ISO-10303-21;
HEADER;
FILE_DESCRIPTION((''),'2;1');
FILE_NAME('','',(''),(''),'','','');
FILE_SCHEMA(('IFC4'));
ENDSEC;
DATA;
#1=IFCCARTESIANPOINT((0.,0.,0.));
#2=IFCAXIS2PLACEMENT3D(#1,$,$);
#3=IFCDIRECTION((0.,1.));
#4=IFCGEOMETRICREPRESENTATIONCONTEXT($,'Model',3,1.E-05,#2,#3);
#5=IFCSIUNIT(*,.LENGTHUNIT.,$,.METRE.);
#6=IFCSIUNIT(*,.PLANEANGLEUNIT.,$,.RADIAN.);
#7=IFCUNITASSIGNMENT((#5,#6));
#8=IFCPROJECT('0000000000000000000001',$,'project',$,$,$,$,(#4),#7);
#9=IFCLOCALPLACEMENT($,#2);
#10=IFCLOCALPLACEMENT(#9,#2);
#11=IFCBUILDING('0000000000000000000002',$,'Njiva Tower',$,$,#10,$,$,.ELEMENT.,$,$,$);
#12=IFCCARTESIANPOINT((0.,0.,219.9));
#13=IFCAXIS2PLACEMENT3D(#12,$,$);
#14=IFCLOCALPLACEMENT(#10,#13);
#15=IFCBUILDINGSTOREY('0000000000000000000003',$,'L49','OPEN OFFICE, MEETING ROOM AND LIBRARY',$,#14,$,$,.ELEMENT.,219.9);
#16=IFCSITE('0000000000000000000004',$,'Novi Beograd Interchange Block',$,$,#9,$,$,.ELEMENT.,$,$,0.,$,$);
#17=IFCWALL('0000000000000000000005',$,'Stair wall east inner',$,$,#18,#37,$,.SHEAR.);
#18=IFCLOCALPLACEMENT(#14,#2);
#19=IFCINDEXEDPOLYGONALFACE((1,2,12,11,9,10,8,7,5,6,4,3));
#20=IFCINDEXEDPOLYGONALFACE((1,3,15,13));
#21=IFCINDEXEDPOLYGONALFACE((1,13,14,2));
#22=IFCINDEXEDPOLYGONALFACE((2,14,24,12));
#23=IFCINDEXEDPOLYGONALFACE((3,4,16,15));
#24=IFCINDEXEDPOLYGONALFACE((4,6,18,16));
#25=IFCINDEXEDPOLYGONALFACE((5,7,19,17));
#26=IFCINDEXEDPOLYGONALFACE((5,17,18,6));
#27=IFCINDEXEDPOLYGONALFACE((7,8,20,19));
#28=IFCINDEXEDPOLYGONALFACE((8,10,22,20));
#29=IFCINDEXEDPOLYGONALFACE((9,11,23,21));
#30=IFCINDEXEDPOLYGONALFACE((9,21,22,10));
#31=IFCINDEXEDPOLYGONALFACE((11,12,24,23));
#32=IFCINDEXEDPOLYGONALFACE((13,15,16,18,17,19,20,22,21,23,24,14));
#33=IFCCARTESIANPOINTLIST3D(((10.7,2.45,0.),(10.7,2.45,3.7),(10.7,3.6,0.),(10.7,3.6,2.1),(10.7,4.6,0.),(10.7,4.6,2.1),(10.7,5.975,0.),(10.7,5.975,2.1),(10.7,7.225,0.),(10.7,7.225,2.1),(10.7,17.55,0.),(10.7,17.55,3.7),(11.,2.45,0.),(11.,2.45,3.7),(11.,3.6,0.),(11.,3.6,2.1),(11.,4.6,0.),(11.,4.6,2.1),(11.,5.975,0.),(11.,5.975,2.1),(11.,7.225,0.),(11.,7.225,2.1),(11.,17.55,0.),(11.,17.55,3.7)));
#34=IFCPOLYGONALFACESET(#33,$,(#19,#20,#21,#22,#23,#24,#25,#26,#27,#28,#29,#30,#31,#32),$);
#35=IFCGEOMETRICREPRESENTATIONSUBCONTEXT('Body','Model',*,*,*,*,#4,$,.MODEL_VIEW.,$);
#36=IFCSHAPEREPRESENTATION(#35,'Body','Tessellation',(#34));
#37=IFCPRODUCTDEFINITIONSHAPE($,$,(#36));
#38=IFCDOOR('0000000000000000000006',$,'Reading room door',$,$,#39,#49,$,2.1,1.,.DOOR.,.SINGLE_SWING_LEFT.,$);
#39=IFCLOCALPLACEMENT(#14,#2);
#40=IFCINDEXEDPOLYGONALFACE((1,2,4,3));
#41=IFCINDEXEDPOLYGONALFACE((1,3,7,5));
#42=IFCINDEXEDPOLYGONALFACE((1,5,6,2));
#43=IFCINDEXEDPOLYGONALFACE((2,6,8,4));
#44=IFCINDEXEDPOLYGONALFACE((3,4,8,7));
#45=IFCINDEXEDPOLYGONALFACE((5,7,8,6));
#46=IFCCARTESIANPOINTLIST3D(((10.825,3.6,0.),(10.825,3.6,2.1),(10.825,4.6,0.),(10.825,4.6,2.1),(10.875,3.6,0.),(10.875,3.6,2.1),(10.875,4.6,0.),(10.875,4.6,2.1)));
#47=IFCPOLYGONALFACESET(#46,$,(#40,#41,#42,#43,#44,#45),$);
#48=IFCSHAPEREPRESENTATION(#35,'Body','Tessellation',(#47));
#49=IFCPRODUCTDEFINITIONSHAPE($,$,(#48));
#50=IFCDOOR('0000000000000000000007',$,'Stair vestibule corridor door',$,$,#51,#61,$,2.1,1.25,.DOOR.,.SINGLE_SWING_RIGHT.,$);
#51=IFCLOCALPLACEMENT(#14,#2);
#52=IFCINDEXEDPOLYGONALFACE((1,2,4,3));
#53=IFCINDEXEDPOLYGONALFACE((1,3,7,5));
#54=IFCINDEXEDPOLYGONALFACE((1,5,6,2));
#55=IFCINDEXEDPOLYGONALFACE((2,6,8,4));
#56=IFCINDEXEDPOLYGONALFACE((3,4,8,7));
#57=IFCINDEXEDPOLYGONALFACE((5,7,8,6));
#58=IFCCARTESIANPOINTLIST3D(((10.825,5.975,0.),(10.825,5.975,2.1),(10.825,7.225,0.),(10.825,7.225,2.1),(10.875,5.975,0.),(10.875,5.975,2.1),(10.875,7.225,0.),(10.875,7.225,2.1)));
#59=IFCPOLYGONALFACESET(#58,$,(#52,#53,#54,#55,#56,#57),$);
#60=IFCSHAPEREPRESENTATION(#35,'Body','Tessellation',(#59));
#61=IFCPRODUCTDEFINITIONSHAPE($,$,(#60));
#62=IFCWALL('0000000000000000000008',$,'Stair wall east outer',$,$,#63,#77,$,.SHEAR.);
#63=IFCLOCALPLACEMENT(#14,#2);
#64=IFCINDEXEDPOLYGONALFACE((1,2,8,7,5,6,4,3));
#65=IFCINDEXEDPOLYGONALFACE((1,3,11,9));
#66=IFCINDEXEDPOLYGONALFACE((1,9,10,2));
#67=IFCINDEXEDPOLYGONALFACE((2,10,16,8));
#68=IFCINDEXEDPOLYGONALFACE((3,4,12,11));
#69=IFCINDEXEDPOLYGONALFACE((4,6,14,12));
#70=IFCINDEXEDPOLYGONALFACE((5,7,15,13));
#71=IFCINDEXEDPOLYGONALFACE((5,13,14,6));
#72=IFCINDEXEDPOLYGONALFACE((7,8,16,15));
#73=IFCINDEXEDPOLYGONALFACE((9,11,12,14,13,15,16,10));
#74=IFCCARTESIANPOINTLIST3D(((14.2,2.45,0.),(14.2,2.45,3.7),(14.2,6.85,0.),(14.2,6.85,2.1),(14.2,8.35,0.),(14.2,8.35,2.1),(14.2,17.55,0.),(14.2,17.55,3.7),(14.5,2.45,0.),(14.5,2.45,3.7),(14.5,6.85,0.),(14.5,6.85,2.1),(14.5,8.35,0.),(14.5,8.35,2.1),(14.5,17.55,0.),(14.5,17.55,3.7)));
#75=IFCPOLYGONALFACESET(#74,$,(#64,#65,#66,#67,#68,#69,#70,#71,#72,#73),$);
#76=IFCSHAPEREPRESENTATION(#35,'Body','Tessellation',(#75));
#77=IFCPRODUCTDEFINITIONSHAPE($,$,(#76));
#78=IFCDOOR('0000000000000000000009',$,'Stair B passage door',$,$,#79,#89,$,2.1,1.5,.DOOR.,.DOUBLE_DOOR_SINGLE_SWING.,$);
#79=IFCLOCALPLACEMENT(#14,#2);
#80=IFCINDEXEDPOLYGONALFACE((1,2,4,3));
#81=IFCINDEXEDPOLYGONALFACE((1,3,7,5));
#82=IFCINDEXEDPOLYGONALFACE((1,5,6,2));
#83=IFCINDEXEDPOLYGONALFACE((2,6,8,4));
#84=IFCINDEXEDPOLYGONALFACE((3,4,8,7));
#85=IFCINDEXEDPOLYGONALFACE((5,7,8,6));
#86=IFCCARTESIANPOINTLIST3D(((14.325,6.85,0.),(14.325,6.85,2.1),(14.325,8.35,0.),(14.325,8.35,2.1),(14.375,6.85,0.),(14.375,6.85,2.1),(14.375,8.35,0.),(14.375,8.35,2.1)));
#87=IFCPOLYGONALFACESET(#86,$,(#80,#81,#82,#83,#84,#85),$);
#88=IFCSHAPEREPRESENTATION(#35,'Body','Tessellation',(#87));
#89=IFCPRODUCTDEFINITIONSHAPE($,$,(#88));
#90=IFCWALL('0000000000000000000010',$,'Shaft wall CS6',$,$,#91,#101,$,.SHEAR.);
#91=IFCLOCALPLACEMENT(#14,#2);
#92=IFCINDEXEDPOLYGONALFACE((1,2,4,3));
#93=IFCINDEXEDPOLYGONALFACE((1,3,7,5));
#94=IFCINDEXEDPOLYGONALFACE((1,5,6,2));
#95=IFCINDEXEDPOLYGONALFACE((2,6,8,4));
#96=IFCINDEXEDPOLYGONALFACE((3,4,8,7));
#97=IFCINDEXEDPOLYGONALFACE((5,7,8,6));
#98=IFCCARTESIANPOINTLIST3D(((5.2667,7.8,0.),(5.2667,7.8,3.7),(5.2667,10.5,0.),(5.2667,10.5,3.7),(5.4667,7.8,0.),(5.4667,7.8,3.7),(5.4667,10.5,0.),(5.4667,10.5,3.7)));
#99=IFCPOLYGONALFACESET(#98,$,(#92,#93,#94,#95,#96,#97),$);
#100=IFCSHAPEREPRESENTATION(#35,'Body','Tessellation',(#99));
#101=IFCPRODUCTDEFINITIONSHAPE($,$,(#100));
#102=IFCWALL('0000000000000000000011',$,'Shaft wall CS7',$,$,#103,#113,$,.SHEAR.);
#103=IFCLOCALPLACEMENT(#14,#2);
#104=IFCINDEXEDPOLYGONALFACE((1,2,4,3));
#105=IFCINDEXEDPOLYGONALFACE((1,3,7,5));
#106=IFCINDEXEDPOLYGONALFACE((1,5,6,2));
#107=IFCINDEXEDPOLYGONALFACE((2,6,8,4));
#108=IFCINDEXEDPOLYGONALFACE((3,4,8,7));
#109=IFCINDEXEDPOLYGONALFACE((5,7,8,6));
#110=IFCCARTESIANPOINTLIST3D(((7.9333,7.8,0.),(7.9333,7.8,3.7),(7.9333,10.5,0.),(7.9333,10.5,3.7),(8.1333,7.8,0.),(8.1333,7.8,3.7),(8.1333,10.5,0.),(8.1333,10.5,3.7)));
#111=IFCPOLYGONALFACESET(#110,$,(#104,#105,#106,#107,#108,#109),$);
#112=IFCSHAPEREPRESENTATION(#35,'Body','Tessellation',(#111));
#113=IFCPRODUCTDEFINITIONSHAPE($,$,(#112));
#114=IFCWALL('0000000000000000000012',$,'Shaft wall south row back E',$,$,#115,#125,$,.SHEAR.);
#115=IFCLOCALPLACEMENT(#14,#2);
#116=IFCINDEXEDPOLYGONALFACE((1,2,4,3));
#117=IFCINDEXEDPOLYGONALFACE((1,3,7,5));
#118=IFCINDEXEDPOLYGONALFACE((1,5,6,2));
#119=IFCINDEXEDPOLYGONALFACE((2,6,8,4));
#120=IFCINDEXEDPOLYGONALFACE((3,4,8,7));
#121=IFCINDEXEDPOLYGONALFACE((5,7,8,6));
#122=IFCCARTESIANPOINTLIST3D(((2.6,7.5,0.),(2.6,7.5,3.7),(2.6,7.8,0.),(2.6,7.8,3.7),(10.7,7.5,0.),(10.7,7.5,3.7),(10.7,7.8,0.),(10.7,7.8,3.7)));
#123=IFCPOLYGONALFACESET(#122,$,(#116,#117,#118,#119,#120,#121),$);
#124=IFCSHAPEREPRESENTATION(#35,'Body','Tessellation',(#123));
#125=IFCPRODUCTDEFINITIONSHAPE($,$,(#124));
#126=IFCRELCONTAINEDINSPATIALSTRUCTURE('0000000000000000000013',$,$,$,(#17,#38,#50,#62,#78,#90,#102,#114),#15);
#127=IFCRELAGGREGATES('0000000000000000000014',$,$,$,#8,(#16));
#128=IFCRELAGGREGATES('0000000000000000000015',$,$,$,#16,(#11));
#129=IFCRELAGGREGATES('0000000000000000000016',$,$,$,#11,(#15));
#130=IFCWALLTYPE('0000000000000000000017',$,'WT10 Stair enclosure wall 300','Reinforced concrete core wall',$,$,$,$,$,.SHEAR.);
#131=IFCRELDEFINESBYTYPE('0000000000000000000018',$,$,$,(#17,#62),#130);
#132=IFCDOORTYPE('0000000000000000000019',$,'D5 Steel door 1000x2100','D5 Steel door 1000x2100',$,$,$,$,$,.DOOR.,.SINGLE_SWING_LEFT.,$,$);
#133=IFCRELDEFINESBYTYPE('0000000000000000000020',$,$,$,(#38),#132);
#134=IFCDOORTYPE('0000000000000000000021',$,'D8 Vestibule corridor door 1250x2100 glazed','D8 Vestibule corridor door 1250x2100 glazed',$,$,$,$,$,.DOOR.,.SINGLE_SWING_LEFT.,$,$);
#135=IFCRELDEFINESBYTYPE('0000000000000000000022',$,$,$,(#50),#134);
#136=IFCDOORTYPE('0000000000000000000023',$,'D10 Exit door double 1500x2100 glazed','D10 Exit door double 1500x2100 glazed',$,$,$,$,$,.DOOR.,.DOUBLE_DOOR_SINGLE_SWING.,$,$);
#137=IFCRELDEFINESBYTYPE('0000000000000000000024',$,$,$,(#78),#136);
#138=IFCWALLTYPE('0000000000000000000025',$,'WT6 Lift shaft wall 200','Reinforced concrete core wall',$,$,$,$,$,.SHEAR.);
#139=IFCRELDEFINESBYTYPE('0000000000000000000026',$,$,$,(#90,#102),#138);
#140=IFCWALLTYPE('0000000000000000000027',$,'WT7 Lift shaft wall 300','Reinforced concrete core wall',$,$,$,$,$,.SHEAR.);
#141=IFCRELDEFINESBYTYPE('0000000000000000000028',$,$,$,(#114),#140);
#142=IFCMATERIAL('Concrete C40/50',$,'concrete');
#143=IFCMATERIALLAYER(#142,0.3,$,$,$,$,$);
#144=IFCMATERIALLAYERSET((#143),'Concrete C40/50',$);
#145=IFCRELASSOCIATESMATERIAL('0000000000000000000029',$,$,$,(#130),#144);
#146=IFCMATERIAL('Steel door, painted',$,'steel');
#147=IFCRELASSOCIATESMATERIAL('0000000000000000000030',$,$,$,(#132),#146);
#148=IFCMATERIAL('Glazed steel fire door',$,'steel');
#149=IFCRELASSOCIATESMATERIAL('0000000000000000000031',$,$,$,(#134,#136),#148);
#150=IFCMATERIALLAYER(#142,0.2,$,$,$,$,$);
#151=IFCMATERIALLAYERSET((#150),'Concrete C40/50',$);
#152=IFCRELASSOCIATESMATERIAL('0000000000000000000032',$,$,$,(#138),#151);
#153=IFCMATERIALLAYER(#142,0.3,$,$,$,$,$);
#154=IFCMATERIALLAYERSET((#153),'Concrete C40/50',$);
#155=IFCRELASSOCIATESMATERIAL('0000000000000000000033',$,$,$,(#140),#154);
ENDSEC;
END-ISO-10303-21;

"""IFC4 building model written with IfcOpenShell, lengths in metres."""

from ifc_helpers import new_model, si_unit, direction, frame, frame_2d, origin, place, context, subcontext, project, spatial, rectangle, extrude, material, layer, layer_set, type_object, element, fill, save


model = new_model("IFC4")

# Units and contexts
model_context = context("Model", 3, precision=1e-05, world=origin(), true_north=direction((0.0, 1.0)))
body_context = subcontext(model_context, "Body", "Model", "MODEL_VIEW")
ifc_project = project(units=[si_unit("LENGTHUNIT", "METRE"), si_unit("PLANEANGLEUNIT", "RADIAN")], contexts=[model_context])

# Site, building, storey
site_placement = place(None, origin())
site = spatial("IfcSite", under=ifc_project, at=site_placement, Name="Novi Beograd Interchange Block", CompositionType="ELEMENT", RefElevation=0.0)
building_placement = place(site_placement, origin())
building = spatial("IfcBuilding", under=site, at=building_placement, Name="Njiva Tower", CompositionType="ELEMENT")
storey_placement = place(building_placement, frame((0.0, 0.0, 219.9)))
storey = spatial("IfcBuildingStorey", under=building, at=storey_placement, Name="L49", Description="OPEN OFFICE, MEETING ROOM AND LIBRARY", CompositionType="ELEMENT", Elevation=219.9)

# Wall, openings, doors
ifc_material_1 = material(Name="Concrete C40/50", Category="concrete")
ifc_layer_1 = layer(ifc_material_1, 0.3)
ifc_layer_set_1 = layer_set([ifc_layer_1], Name="Concrete C40/50")
wall_type_1 = type_object("IfcWallType", Name="WT10 Stair enclosure wall 300", Description="Reinforced concrete core wall", PredefinedType="SHEAR", material=ifc_layer_set_1)
wall_1_placement = place(storey_placement, frame((10.85, 2.45, 0.0), z_axis=(0.0, 0.0, 1.0), x_axis=(0.0, 1.0, 0.0)))
wall_1 = element("IfcWall", 1, at=wall_1_placement, inside=storey, type_object=wall_type_1, Name="Stair wall east inner", PredefinedType="SHEAR", context=body_context, shape_type="SweptSolid", body=[
    extrude(rectangle(XDim=15.1, YDim=0.3, at=frame_2d((7.55, 0.0))), origin(), (0.0, 0.0, 1.0), 3.7),
])
opening_1_placement = place(wall_1_placement, frame((3.525, 0.0, 0.0)))
opening_1 = element("IfcOpeningElement", 2, at=opening_1_placement, cuts=wall_1, PredefinedType="OPENING", context=body_context, shape_type="SweptSolid", body=[
    extrude(rectangle(XDim=1.25, YDim=2.1, at=frame_2d((0.625, 1.05))), frame((0.0, 0.16, 0.0), z_axis=(0.0, -1.0, 0.0), x_axis=(1.0, 0.0, 0.0)), (0.0, 0.0, 1.0), 0.32),
])
opening_2_placement = place(wall_1_placement, frame((1.15, 0.0, 0.0)))
opening_2 = element("IfcOpeningElement", 3, at=opening_2_placement, cuts=wall_1, PredefinedType="OPENING", context=body_context, shape_type="SweptSolid", body=[
    extrude(rectangle(XDim=1.0, YDim=2.1, at=frame_2d((0.5, 1.05))), frame((0.0, 0.16, 0.0), z_axis=(0.0, -1.0, 0.0), x_axis=(1.0, 0.0, 0.0)), (0.0, 0.0, 1.0), 0.32),
])
ifc_material_2 = material(Name="Steel door, painted", Category="steel")
door_type_1 = type_object("IfcDoorType", Name="D5 Steel door 1000x2100", Description="D5 Steel door 1000x2100", OperationType="SINGLE_SWING_LEFT", PredefinedType="DOOR", material=ifc_material_2)
door_1_placement = place(opening_2_placement, origin())
door_1 = element("IfcDoor", 4, at=door_1_placement, inside=storey, type_object=door_type_1, Name="Reading room door", OperationType="SINGLE_SWING_LEFT", OverallHeight=2.1, OverallWidth=1.0, PredefinedType="DOOR", context=body_context, shape_type="SweptSolid", body=[
    extrude(rectangle(XDim=1.0, YDim=2.1, at=frame_2d((0.5, 1.05))), frame((0.0, 0.025, 0.0), z_axis=(0.0, -1.0, 0.0), x_axis=(1.0, 0.0, 0.0)), (0.0, 0.0, 1.0), 0.05),
])
fill(opening_2, door_1)
ifc_material_3 = material(Name="Glazed steel fire door", Category="steel")
door_type_2 = type_object("IfcDoorType", Name="D8 Vestibule corridor door 1250x2100 glazed", Description="D8 Vestibule corridor door 1250x2100 glazed", OperationType="SINGLE_SWING_LEFT", PredefinedType="DOOR", material=ifc_material_3)
door_2_placement = place(opening_1_placement, origin())
door_2 = element("IfcDoor", 5, at=door_2_placement, inside=storey, type_object=door_type_2, Name="Stair vestibule corridor door", OperationType="SINGLE_SWING_RIGHT", OverallHeight=2.1, OverallWidth=1.25, PredefinedType="DOOR", context=body_context, shape_type="SweptSolid", body=[
    extrude(rectangle(XDim=1.25, YDim=2.1, at=frame_2d((0.625, 1.05))), frame((0.0, 0.025, 0.0), z_axis=(0.0, -1.0, 0.0), x_axis=(1.0, 0.0, 0.0)), (0.0, 0.0, 1.0), 0.05),
])
fill(opening_1, door_2)

# Wall, opening, door
wall_2_placement = place(storey_placement, frame((14.35, 2.45, 0.0), z_axis=(0.0, 0.0, 1.0), x_axis=(0.0, 1.0, 0.0)))
wall_2 = element("IfcWall", 6, at=wall_2_placement, inside=storey, type_object=wall_type_1, Name="Stair wall east outer", PredefinedType="SHEAR", context=body_context, shape_type="SweptSolid", body=[
    extrude(rectangle(XDim=15.1, YDim=0.3, at=frame_2d((7.55, 0.0))), origin(), (0.0, 0.0, 1.0), 3.7),
])
opening_3_placement = place(wall_2_placement, frame((4.4, 0.0, 0.0)))
opening_3 = element("IfcOpeningElement", 7, at=opening_3_placement, cuts=wall_2, PredefinedType="OPENING", context=body_context, shape_type="SweptSolid", body=[
    extrude(rectangle(XDim=1.5, YDim=2.1, at=frame_2d((0.75, 1.05))), frame((0.0, 0.16, 0.0), z_axis=(0.0, -1.0, 0.0), x_axis=(1.0, 0.0, 0.0)), (0.0, 0.0, 1.0), 0.32),
])
door_type_3 = type_object("IfcDoorType", Name="D10 Exit door double 1500x2100 glazed", Description="D10 Exit door double 1500x2100 glazed", OperationType="DOUBLE_DOOR_SINGLE_SWING", PredefinedType="DOOR", material=ifc_material_3)
door_3_placement = place(opening_3_placement, origin())
door_3 = element("IfcDoor", 8, at=door_3_placement, inside=storey, type_object=door_type_3, Name="Stair B passage door", OperationType="DOUBLE_DOOR_SINGLE_SWING", OverallHeight=2.1, OverallWidth=1.5, PredefinedType="DOOR", context=body_context, shape_type="SweptSolid", body=[
    extrude(rectangle(XDim=1.5, YDim=2.1, at=frame_2d((0.75, 1.05))), frame((0.0, 0.025, 0.0), z_axis=(0.0, -1.0, 0.0), x_axis=(1.0, 0.0, 0.0)), (0.0, 0.0, 1.0), 0.05),
])
fill(opening_3, door_3)

# Walls
ifc_layer_2 = layer(ifc_material_1, 0.2)
ifc_layer_set_2 = layer_set([ifc_layer_2], Name="Concrete C40/50")
wall_type_2 = type_object("IfcWallType", Name="WT6 Lift shaft wall 200", Description="Reinforced concrete core wall", PredefinedType="SHEAR", material=ifc_layer_set_2)
for number, where, z_axis, x_axis, name in (
    (9, (5.3667, 7.8, 0.0), (0.0, 0.0, 1.0), (0.0, 1.0, 0.0), "Shaft wall CS6"),
    (10, (8.0333, 7.8, 0.0), (0.0, 0.0, 1.0), (0.0, 1.0, 0.0), "Shaft wall CS7"),
):
    element("IfcWall", number, at=place(storey_placement, frame(where, z_axis=z_axis, x_axis=x_axis)), inside=storey, type_object=wall_type_2, Name=name, PredefinedType="SHEAR", context=body_context, shape_type="SweptSolid", body=[
        extrude(rectangle(XDim=2.7, YDim=0.2, at=frame_2d((1.35, 0.0))), origin(), (0.0, 0.0, 1.0), 3.7),
    ])
ifc_layer_3 = layer(ifc_material_1, 0.3)
ifc_layer_set_3 = layer_set([ifc_layer_3], Name="Concrete C40/50")
wall_type_3 = type_object("IfcWallType", Name="WT7 Lift shaft wall 300", Description="Reinforced concrete core wall", PredefinedType="SHEAR", material=ifc_layer_set_3)
wall_3_placement = place(storey_placement, frame((2.6, 7.65, 0.0), z_axis=(0.0, 0.0, 1.0), x_axis=(1.0, 0.0, 0.0)))
element("IfcWall", 11, at=wall_3_placement, inside=storey, type_object=wall_type_3, Name="Shaft wall south row back E", PredefinedType="SHEAR", context=body_context, shape_type="SweptSolid", body=[
    extrude(rectangle(XDim=8.1, YDim=0.3, at=frame_2d((4.05, 0.0))), origin(), (0.0, 0.0, 1.0), 3.7),
])

save(model, "model.ifc")
